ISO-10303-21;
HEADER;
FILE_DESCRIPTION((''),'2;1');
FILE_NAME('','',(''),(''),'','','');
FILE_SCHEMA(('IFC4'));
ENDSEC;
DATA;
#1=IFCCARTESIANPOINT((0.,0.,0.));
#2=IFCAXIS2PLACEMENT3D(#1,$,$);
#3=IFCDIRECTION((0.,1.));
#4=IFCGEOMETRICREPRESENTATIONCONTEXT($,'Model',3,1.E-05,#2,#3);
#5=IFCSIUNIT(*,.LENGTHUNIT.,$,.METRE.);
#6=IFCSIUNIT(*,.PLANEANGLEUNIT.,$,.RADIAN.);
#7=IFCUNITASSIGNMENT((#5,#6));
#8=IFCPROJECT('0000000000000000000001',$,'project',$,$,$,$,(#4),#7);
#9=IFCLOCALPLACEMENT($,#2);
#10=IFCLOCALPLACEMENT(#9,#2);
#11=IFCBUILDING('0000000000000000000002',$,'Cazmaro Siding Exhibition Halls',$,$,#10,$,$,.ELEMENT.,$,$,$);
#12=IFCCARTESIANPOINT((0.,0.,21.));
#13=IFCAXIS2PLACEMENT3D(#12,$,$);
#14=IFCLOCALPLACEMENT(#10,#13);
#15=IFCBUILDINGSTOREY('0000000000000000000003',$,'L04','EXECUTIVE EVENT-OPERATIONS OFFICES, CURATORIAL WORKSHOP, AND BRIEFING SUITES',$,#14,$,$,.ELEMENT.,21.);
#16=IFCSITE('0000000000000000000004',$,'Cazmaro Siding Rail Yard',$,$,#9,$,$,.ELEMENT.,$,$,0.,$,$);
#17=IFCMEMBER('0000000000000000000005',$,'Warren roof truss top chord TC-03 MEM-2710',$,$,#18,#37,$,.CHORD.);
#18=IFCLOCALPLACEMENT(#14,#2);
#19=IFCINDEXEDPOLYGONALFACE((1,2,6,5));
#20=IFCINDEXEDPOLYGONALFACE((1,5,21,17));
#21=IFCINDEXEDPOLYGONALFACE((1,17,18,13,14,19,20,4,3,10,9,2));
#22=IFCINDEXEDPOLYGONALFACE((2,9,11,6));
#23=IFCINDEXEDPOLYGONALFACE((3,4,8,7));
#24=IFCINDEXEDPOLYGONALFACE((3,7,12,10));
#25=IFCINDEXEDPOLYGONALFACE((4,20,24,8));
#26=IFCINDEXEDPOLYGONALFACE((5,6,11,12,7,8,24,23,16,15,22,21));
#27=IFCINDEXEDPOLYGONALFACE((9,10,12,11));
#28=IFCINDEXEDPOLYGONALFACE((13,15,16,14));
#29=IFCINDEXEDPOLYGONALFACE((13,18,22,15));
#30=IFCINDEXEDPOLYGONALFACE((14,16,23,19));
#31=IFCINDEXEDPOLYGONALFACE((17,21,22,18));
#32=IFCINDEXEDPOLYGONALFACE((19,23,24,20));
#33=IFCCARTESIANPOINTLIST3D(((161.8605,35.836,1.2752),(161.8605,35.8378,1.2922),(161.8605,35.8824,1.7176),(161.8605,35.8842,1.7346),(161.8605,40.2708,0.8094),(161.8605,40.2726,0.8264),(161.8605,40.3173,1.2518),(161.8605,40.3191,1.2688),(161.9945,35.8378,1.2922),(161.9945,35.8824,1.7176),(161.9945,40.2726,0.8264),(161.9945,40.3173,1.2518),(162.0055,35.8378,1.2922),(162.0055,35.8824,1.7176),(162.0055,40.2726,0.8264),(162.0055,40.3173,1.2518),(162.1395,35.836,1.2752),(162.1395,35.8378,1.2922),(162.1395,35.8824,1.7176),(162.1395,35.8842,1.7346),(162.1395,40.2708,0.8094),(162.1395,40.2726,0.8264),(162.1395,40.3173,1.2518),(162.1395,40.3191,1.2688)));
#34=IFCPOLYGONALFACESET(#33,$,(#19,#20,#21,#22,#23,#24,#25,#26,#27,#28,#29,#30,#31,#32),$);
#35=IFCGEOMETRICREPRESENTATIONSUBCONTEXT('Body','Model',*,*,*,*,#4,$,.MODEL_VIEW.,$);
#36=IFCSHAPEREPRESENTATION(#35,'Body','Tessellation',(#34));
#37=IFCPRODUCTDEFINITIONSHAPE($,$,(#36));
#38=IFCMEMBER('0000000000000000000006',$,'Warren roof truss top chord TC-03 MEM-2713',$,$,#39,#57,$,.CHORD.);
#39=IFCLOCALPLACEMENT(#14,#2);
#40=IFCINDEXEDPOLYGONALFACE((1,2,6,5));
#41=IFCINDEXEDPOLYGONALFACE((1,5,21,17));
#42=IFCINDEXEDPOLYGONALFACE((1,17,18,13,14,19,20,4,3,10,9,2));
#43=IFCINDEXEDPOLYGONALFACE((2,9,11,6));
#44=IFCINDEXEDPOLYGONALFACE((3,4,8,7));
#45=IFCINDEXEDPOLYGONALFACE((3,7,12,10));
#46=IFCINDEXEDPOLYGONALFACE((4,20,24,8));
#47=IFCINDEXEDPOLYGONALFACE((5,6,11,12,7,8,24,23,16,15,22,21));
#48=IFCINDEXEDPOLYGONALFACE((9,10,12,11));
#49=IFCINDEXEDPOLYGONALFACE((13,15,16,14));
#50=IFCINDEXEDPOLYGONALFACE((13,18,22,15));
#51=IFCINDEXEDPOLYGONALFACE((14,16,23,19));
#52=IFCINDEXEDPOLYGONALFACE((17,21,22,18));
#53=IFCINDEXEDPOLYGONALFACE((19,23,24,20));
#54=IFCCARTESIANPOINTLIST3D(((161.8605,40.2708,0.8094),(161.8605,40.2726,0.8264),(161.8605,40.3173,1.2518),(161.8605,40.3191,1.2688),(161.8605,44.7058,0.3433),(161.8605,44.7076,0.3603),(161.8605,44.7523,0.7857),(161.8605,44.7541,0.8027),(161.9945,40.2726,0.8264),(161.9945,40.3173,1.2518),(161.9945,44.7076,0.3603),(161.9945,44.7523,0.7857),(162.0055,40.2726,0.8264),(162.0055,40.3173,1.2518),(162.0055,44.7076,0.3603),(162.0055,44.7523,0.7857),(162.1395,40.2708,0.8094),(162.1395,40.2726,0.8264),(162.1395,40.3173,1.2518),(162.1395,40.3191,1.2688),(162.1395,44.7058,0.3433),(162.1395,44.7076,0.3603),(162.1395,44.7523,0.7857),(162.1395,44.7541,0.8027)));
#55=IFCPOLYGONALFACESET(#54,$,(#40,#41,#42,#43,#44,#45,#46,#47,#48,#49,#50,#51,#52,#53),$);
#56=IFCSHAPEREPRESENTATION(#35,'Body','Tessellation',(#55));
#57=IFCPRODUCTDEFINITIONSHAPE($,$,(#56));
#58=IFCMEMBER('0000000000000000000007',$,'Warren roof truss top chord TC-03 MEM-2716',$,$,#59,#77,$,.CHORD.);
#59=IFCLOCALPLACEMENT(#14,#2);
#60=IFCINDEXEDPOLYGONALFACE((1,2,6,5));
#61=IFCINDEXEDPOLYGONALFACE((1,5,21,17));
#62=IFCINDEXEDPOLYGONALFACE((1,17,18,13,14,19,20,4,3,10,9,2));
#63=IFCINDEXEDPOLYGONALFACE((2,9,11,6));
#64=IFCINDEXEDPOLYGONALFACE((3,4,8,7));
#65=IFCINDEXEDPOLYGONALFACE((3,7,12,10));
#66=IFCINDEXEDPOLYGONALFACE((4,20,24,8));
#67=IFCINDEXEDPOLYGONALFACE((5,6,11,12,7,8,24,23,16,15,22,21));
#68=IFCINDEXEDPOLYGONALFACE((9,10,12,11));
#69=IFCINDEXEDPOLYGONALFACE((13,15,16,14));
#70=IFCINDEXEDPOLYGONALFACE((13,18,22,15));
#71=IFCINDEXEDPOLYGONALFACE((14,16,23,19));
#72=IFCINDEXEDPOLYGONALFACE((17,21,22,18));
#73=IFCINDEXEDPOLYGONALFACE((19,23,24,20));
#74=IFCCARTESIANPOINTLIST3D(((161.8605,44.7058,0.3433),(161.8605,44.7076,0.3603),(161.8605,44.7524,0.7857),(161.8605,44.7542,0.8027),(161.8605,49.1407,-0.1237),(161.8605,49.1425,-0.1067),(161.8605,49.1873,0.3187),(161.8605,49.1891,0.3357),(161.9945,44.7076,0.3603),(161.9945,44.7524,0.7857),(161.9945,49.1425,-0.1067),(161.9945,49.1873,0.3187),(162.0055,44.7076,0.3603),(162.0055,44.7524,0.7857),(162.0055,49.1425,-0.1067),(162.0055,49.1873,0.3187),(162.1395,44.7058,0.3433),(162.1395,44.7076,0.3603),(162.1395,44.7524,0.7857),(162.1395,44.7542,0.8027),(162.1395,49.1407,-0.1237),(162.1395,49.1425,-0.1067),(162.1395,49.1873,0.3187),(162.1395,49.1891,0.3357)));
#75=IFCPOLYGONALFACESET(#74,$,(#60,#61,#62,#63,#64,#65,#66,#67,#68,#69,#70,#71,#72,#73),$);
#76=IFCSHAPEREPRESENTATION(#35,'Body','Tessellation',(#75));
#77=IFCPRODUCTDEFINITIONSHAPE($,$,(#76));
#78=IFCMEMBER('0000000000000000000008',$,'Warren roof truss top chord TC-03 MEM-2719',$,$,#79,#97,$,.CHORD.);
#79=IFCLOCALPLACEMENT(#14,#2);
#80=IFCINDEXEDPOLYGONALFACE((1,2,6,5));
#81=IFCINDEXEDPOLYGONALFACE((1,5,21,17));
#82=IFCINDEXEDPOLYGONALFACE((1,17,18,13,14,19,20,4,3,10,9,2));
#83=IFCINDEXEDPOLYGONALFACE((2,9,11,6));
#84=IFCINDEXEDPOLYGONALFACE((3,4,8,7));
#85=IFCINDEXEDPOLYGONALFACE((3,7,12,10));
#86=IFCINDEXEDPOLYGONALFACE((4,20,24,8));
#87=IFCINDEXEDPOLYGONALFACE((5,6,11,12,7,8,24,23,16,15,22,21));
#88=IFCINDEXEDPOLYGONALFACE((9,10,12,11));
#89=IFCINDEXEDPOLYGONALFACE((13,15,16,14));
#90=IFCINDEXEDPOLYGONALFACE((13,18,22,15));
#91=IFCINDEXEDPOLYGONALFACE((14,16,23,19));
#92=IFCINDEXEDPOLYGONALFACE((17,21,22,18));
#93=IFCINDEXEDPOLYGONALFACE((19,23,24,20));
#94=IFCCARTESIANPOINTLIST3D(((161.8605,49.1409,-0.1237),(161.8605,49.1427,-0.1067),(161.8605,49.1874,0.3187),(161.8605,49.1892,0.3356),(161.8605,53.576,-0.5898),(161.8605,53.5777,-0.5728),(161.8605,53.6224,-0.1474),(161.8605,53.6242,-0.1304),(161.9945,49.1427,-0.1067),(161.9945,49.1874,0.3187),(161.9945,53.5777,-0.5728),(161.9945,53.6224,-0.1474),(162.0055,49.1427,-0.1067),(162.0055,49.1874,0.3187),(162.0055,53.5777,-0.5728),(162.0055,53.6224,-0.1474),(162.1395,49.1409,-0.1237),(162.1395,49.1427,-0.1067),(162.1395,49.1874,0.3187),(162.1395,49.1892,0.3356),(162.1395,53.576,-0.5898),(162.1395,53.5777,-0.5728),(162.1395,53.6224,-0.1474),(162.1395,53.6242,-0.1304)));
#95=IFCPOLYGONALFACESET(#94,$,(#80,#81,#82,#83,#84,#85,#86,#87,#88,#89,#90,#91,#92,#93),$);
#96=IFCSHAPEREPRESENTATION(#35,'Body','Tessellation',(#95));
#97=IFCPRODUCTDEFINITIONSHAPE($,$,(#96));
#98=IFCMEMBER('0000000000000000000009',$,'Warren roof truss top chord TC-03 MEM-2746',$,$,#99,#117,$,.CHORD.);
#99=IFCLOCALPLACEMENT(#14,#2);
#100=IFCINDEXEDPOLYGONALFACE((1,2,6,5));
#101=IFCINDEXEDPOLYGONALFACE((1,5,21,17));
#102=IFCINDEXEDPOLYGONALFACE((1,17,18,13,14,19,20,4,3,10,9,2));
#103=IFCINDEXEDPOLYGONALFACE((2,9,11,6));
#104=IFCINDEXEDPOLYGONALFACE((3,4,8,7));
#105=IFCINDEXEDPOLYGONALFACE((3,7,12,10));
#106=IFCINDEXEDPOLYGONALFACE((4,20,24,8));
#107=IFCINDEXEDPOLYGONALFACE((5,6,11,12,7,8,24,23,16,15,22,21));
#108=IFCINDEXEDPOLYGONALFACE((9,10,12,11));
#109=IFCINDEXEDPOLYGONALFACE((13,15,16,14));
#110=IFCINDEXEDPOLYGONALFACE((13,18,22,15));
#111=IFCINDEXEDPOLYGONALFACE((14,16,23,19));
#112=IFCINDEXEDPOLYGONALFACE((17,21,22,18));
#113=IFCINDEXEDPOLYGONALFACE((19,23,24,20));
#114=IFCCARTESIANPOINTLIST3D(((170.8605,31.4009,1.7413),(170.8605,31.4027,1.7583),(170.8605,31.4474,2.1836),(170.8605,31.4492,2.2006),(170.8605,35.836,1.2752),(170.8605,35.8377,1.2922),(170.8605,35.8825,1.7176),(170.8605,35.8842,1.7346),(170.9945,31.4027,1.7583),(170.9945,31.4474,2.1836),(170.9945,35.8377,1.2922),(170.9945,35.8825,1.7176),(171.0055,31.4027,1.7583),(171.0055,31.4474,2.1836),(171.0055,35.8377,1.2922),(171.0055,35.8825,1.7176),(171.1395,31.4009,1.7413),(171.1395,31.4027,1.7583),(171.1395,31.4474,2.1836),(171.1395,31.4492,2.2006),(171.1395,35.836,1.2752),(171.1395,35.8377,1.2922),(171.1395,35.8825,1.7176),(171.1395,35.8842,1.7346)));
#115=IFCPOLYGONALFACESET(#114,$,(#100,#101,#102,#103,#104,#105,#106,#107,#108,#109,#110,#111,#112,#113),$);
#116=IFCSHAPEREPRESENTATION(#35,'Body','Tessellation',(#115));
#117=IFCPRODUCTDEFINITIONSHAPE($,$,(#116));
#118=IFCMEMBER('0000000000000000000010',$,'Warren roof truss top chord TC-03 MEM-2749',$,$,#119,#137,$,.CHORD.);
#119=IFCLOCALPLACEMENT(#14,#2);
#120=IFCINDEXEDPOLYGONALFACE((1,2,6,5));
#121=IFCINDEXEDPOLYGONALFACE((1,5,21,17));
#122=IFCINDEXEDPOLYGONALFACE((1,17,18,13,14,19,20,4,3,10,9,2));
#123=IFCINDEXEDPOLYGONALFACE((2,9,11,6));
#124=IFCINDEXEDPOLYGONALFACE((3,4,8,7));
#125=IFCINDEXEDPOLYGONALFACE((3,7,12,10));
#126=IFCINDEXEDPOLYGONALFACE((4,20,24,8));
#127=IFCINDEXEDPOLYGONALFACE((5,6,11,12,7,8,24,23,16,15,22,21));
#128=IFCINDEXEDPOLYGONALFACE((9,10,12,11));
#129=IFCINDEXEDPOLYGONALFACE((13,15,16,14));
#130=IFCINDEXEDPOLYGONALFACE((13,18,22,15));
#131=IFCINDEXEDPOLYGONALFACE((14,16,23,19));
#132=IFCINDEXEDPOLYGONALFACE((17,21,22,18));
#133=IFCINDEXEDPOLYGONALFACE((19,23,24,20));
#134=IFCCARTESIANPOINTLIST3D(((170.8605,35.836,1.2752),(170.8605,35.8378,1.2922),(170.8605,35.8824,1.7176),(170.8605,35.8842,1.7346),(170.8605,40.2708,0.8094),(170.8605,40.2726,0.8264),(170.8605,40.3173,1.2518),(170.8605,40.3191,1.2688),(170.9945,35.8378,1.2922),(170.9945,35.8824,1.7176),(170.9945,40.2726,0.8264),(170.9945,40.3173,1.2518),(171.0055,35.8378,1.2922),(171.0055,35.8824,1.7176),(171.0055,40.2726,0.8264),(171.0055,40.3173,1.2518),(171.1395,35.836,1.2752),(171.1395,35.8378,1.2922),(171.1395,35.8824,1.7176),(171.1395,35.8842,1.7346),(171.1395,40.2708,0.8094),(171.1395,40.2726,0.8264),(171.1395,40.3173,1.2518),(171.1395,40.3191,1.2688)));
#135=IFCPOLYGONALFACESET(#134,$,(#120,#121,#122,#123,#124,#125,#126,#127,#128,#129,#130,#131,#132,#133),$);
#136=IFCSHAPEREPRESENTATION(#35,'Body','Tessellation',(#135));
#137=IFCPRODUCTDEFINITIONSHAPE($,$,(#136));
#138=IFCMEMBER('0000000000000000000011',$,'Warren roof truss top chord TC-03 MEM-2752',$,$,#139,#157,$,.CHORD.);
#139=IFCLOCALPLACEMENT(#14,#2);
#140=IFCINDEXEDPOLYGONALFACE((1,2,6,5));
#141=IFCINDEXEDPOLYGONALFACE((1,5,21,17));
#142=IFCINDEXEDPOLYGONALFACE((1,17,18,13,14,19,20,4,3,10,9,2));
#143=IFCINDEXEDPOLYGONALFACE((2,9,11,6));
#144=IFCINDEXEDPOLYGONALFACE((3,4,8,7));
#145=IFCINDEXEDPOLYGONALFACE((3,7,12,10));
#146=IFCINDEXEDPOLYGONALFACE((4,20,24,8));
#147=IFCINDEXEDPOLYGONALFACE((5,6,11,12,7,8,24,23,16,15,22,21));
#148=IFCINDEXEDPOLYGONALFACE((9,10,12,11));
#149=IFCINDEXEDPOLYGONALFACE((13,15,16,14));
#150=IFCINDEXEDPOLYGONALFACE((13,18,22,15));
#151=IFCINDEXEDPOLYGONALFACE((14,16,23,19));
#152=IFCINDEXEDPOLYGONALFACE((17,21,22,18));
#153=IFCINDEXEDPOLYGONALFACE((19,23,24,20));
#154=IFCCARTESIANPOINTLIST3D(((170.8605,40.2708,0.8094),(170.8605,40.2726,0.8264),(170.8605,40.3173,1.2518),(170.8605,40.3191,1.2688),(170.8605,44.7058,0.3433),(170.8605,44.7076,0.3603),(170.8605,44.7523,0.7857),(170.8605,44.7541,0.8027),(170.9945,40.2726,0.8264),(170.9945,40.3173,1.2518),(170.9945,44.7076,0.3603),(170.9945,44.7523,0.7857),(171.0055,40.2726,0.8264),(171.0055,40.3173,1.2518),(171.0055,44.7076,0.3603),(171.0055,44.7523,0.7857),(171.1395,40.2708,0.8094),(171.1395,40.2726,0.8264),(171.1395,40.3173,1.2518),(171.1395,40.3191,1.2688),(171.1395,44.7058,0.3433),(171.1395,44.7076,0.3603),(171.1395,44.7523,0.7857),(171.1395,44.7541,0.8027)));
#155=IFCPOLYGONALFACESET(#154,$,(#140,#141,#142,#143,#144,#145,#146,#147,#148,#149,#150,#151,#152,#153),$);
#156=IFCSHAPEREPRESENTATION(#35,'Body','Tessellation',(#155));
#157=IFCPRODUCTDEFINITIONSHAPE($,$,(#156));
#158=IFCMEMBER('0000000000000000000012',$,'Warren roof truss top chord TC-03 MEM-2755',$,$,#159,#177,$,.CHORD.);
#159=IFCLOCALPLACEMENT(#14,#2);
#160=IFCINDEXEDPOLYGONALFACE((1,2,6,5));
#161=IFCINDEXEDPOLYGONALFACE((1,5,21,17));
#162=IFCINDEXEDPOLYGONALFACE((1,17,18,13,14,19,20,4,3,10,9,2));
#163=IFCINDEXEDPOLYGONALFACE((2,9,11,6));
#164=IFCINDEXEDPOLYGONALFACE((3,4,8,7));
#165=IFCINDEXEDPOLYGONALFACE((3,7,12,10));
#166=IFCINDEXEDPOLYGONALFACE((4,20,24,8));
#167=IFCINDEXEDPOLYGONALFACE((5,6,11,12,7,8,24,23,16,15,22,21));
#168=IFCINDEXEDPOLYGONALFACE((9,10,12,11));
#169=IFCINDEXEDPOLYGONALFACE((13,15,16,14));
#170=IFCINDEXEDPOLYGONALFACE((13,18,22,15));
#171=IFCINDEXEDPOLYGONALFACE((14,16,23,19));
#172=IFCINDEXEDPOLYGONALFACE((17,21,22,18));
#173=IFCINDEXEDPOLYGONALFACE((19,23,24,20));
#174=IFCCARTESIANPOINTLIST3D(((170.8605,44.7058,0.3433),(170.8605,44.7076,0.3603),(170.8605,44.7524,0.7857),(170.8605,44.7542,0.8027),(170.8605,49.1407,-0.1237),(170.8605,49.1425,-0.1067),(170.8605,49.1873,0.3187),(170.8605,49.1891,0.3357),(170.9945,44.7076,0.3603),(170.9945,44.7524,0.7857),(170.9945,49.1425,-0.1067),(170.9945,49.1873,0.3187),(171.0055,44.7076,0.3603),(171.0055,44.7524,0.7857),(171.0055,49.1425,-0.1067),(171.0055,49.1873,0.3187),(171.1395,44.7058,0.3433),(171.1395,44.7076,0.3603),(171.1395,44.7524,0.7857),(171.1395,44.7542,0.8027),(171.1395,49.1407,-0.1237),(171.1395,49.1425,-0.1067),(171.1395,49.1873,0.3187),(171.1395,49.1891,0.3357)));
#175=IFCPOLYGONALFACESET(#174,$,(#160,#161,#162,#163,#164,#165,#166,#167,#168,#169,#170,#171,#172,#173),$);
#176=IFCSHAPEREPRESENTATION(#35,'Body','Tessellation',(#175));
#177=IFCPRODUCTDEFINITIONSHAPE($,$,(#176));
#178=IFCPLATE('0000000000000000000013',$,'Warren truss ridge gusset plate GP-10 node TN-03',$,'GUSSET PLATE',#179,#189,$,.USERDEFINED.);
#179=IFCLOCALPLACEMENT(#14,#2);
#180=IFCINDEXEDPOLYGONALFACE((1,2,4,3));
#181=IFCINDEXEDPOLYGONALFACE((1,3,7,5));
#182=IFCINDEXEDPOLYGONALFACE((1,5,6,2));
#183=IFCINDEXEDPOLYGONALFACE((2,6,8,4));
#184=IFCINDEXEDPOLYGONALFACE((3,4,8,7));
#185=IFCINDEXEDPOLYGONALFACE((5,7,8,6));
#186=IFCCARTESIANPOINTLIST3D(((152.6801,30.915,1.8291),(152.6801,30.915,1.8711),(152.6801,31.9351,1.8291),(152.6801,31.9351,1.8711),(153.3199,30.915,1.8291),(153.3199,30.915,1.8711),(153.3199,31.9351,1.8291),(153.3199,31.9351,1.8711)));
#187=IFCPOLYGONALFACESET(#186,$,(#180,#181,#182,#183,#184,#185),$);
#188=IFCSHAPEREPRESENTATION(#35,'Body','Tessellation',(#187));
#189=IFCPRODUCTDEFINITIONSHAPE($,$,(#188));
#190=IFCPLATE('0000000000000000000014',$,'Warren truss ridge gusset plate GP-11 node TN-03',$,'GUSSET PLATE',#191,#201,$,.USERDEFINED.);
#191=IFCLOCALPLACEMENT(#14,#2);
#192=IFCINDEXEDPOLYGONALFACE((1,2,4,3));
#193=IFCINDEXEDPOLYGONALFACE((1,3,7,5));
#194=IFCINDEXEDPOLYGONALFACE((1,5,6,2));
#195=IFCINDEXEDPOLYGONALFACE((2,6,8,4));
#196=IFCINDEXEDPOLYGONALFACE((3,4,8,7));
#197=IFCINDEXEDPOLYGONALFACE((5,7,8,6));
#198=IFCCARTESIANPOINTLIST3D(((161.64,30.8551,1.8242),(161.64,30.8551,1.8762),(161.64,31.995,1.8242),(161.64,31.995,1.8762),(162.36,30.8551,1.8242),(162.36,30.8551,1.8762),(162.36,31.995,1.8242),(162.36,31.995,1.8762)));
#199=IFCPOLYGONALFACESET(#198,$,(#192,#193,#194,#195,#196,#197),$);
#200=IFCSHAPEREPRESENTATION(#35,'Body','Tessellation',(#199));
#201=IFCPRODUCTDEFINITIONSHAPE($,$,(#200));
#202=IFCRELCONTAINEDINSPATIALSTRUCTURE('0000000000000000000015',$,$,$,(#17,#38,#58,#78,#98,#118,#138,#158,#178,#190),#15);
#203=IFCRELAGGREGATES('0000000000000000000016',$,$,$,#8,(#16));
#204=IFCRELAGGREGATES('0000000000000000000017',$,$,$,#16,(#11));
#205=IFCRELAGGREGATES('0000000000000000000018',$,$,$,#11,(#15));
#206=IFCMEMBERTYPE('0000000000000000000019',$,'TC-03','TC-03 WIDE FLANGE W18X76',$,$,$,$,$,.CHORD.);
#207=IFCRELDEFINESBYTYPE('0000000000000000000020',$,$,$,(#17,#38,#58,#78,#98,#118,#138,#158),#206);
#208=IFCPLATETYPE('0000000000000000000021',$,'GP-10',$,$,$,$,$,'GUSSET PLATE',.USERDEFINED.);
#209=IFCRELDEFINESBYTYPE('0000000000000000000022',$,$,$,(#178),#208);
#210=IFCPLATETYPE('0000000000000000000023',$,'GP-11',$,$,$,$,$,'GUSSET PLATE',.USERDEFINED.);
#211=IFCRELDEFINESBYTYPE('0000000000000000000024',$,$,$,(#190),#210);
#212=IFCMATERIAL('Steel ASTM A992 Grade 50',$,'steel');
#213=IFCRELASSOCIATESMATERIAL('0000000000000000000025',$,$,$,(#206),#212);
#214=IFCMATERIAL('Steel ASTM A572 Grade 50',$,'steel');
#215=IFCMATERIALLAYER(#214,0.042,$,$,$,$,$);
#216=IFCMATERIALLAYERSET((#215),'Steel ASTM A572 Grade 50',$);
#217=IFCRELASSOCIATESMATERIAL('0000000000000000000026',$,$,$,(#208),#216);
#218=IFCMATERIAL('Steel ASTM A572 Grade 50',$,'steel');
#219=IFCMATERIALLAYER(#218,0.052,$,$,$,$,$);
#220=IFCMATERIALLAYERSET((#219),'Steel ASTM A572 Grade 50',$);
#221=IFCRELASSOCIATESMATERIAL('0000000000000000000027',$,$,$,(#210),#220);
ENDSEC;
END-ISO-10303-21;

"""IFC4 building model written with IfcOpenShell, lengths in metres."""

from ifc_helpers import new_model, si_unit, direction, frame, origin, origin_2d, place, context, subcontext, project, spatial, rectangle, i_section, extrude, material, layer, layer_set, material_profile, profile_set, type_object, element, save


model = new_model("IFC4")

# Units and contexts
model_context = context("Model", 3, precision=1e-05, world=origin(), true_north=direction((0.0, 1.0)))
body_context = subcontext(model_context, "Body", "Model", "MODEL_VIEW")
ifc_project = project(units=[si_unit("LENGTHUNIT", "METRE"), si_unit("PLANEANGLEUNIT", "RADIAN")], contexts=[model_context])

# Site, building, storey
site_placement = place(None, origin())
site = spatial("IfcSite", under=ifc_project, at=site_placement, Name="Cazmaro Siding Rail Yard", CompositionType="ELEMENT", RefElevation=0.0)
building_placement = place(site_placement, origin())
building = spatial("IfcBuilding", under=site, at=building_placement, Name="Cazmaro Siding Exhibition Halls", CompositionType="ELEMENT")
storey_placement = place(building_placement, frame((0.0, 0.0, 21.0)))
storey = spatial("IfcBuildingStorey", under=building, at=storey_placement, Name="L04", Description="EXECUTIVE EVENT-OPERATIONS OFFICES, CURATORIAL WORKSHOP, AND BRIEFING SUITES", CompositionType="ELEMENT", Elevation=21.0)

# Members
ifc_material_1 = material(Name="Steel ASTM A992 Grade 50", Category="steel")
ifc_material_profile_1 = material_profile(ifc_material_1, i_section(OverallWidth=0.2791, OverallDepth=0.4619, WebThickness=0.011, FlangeThickness=0.0171, at=origin_2d()), Name="W18X76")
ifc_profile_set_1 = profile_set([ifc_material_profile_1], Name="Steel ASTM A992 Grade 50")
member_type_1 = type_object("IfcMemberType", Name="TC-03", Description="TC-03 WIDE FLANGE W18X76", PredefinedType="CHORD", material=ifc_profile_set_1)
member_1_placement = place(storey_placement, frame((162.0, 35.8601, 1.5049), z_axis=(0.0, 0.994529, -0.104462), x_axis=(-1.0, 0.0, 0.0)))
element("IfcMember", 1, at=member_1_placement, inside=storey, type_object=member_type_1, Name="Warren roof truss top chord TC-03 MEM-2710", PredefinedType="CHORD", context=body_context, shape_type="SweptSolid", body=[
    extrude(i_section(OverallWidth=0.2791, OverallDepth=0.4619, WebThickness=0.011, FlangeThickness=0.0171, at=origin_2d()), origin(), (0.0, 0.0, 1.0), 4.4592),
])
for number, where, z_axis, x_axis, name in (
    (2, (162.0, 40.2949, 1.0391), (0.0, 0.994524, -0.104511), (-1.0, 0.0, 0.0), "Warren roof truss top chord TC-03 MEM-2713"),
    (3, (162.0, 44.73, 0.573), (0.0, 0.994501, -0.104728), (-1.0, 0.0, 0.0), "Warren roof truss top chord TC-03 MEM-2716"),
    (4, (162.0, 49.165, 0.106), (0.0, 0.994524, -0.104511), (-1.0, 0.0, 0.0), "Warren roof truss top chord TC-03 MEM-2719"),
    (5, (171.0, 31.425, 1.9709), (0.0, 0.994524, -0.104511), (-1.0, 0.0, 0.0), "Warren roof truss top chord TC-03 MEM-2746"),
):
    element("IfcMember", number, at=place(storey_placement, frame(where, z_axis=z_axis, x_axis=x_axis)), inside=storey, type_object=member_type_1, Name=name, PredefinedType="CHORD", context=body_context, shape_type="SweptSolid", body=[
        extrude(i_section(OverallWidth=0.2791, OverallDepth=0.4619, WebThickness=0.011, FlangeThickness=0.0171, at=origin_2d()), origin(), (0.0, 0.0, 1.0), 4.4595),
    ])
member_2_placement = place(storey_placement, frame((171.0, 35.8601, 1.5049), z_axis=(0.0, 0.994529, -0.104462), x_axis=(-1.0, 0.0, 0.0)))
element("IfcMember", 6, at=member_2_placement, inside=storey, type_object=member_type_1, Name="Warren roof truss top chord TC-03 MEM-2749", PredefinedType="CHORD", context=body_context, shape_type="SweptSolid", body=[
    extrude(i_section(OverallWidth=0.2791, OverallDepth=0.4619, WebThickness=0.011, FlangeThickness=0.0171, at=origin_2d()), origin(), (0.0, 0.0, 1.0), 4.4592),
])
for number, where, z_axis, x_axis, name in (
    (7, (171.0, 40.2949, 1.0391), (0.0, 0.994524, -0.104511), (-1.0, 0.0, 0.0), "Warren roof truss top chord TC-03 MEM-2752"),
    (8, (171.0, 44.73, 0.573), (0.0, 0.994501, -0.104728), (-1.0, 0.0, 0.0), "Warren roof truss top chord TC-03 MEM-2755"),
):
    element("IfcMember", number, at=place(storey_placement, frame(where, z_axis=z_axis, x_axis=x_axis)), inside=storey, type_object=member_type_1, Name=name, PredefinedType="CHORD", context=body_context, shape_type="SweptSolid", body=[
        extrude(i_section(OverallWidth=0.2791, OverallDepth=0.4619, WebThickness=0.011, FlangeThickness=0.0171, at=origin_2d()), origin(), (0.0, 0.0, 1.0), 4.4595),
    ])

# Plates
ifc_material_2 = material(Name="Steel ASTM A572 Grade 50", Category="steel")
ifc_layer_1 = layer(ifc_material_2, 0.042)
ifc_layer_set_1 = layer_set([ifc_layer_1], Name="Steel ASTM A572 Grade 50")
plate_type_1 = type_object("IfcPlateType", Name="GP-10", ElementType="GUSSET PLATE", PredefinedType="USERDEFINED", material=ifc_layer_set_1)
plate_1_placement = place(storey_placement, frame((153.0, 31.425, 1.8291), z_axis=(0.0, 0.0, 1.0), x_axis=(0.0, 1.0, 0.0)))
element("IfcPlate", 9, at=plate_1_placement, inside=storey, type_object=plate_type_1, Name="Warren truss ridge gusset plate GP-10 node TN-03", ObjectType="GUSSET PLATE", PredefinedType="USERDEFINED", context=body_context, shape_type="SweptSolid", body=[
    extrude(rectangle(XDim=1.02, YDim=0.6399, at=origin_2d()), origin(), (0.0, 0.0, 1.0), 0.042),
])
ifc_material_3 = material(Name="Steel ASTM A572 Grade 50", Category="steel")
ifc_layer_2 = layer(ifc_material_3, 0.052)
ifc_layer_set_2 = layer_set([ifc_layer_2], Name="Steel ASTM A572 Grade 50")
plate_type_2 = type_object("IfcPlateType", Name="GP-11", ElementType="GUSSET PLATE", PredefinedType="USERDEFINED", material=ifc_layer_set_2)
plate_2_placement = place(storey_placement, frame((162.0, 31.425, 1.8242), z_axis=(0.0, 0.0, 1.0), x_axis=(0.0, 1.0, 0.0)))
element("IfcPlate", 10, at=plate_2_placement, inside=storey, type_object=plate_type_2, Name="Warren truss ridge gusset plate GP-11 node TN-03", ObjectType="GUSSET PLATE", PredefinedType="USERDEFINED", context=body_context, shape_type="SweptSolid", body=[
    extrude(rectangle(XDim=1.1399, YDim=0.72, at=origin_2d()), origin(), (0.0, 0.0, 1.0), 0.052),
])

save(model, "model.ifc")
